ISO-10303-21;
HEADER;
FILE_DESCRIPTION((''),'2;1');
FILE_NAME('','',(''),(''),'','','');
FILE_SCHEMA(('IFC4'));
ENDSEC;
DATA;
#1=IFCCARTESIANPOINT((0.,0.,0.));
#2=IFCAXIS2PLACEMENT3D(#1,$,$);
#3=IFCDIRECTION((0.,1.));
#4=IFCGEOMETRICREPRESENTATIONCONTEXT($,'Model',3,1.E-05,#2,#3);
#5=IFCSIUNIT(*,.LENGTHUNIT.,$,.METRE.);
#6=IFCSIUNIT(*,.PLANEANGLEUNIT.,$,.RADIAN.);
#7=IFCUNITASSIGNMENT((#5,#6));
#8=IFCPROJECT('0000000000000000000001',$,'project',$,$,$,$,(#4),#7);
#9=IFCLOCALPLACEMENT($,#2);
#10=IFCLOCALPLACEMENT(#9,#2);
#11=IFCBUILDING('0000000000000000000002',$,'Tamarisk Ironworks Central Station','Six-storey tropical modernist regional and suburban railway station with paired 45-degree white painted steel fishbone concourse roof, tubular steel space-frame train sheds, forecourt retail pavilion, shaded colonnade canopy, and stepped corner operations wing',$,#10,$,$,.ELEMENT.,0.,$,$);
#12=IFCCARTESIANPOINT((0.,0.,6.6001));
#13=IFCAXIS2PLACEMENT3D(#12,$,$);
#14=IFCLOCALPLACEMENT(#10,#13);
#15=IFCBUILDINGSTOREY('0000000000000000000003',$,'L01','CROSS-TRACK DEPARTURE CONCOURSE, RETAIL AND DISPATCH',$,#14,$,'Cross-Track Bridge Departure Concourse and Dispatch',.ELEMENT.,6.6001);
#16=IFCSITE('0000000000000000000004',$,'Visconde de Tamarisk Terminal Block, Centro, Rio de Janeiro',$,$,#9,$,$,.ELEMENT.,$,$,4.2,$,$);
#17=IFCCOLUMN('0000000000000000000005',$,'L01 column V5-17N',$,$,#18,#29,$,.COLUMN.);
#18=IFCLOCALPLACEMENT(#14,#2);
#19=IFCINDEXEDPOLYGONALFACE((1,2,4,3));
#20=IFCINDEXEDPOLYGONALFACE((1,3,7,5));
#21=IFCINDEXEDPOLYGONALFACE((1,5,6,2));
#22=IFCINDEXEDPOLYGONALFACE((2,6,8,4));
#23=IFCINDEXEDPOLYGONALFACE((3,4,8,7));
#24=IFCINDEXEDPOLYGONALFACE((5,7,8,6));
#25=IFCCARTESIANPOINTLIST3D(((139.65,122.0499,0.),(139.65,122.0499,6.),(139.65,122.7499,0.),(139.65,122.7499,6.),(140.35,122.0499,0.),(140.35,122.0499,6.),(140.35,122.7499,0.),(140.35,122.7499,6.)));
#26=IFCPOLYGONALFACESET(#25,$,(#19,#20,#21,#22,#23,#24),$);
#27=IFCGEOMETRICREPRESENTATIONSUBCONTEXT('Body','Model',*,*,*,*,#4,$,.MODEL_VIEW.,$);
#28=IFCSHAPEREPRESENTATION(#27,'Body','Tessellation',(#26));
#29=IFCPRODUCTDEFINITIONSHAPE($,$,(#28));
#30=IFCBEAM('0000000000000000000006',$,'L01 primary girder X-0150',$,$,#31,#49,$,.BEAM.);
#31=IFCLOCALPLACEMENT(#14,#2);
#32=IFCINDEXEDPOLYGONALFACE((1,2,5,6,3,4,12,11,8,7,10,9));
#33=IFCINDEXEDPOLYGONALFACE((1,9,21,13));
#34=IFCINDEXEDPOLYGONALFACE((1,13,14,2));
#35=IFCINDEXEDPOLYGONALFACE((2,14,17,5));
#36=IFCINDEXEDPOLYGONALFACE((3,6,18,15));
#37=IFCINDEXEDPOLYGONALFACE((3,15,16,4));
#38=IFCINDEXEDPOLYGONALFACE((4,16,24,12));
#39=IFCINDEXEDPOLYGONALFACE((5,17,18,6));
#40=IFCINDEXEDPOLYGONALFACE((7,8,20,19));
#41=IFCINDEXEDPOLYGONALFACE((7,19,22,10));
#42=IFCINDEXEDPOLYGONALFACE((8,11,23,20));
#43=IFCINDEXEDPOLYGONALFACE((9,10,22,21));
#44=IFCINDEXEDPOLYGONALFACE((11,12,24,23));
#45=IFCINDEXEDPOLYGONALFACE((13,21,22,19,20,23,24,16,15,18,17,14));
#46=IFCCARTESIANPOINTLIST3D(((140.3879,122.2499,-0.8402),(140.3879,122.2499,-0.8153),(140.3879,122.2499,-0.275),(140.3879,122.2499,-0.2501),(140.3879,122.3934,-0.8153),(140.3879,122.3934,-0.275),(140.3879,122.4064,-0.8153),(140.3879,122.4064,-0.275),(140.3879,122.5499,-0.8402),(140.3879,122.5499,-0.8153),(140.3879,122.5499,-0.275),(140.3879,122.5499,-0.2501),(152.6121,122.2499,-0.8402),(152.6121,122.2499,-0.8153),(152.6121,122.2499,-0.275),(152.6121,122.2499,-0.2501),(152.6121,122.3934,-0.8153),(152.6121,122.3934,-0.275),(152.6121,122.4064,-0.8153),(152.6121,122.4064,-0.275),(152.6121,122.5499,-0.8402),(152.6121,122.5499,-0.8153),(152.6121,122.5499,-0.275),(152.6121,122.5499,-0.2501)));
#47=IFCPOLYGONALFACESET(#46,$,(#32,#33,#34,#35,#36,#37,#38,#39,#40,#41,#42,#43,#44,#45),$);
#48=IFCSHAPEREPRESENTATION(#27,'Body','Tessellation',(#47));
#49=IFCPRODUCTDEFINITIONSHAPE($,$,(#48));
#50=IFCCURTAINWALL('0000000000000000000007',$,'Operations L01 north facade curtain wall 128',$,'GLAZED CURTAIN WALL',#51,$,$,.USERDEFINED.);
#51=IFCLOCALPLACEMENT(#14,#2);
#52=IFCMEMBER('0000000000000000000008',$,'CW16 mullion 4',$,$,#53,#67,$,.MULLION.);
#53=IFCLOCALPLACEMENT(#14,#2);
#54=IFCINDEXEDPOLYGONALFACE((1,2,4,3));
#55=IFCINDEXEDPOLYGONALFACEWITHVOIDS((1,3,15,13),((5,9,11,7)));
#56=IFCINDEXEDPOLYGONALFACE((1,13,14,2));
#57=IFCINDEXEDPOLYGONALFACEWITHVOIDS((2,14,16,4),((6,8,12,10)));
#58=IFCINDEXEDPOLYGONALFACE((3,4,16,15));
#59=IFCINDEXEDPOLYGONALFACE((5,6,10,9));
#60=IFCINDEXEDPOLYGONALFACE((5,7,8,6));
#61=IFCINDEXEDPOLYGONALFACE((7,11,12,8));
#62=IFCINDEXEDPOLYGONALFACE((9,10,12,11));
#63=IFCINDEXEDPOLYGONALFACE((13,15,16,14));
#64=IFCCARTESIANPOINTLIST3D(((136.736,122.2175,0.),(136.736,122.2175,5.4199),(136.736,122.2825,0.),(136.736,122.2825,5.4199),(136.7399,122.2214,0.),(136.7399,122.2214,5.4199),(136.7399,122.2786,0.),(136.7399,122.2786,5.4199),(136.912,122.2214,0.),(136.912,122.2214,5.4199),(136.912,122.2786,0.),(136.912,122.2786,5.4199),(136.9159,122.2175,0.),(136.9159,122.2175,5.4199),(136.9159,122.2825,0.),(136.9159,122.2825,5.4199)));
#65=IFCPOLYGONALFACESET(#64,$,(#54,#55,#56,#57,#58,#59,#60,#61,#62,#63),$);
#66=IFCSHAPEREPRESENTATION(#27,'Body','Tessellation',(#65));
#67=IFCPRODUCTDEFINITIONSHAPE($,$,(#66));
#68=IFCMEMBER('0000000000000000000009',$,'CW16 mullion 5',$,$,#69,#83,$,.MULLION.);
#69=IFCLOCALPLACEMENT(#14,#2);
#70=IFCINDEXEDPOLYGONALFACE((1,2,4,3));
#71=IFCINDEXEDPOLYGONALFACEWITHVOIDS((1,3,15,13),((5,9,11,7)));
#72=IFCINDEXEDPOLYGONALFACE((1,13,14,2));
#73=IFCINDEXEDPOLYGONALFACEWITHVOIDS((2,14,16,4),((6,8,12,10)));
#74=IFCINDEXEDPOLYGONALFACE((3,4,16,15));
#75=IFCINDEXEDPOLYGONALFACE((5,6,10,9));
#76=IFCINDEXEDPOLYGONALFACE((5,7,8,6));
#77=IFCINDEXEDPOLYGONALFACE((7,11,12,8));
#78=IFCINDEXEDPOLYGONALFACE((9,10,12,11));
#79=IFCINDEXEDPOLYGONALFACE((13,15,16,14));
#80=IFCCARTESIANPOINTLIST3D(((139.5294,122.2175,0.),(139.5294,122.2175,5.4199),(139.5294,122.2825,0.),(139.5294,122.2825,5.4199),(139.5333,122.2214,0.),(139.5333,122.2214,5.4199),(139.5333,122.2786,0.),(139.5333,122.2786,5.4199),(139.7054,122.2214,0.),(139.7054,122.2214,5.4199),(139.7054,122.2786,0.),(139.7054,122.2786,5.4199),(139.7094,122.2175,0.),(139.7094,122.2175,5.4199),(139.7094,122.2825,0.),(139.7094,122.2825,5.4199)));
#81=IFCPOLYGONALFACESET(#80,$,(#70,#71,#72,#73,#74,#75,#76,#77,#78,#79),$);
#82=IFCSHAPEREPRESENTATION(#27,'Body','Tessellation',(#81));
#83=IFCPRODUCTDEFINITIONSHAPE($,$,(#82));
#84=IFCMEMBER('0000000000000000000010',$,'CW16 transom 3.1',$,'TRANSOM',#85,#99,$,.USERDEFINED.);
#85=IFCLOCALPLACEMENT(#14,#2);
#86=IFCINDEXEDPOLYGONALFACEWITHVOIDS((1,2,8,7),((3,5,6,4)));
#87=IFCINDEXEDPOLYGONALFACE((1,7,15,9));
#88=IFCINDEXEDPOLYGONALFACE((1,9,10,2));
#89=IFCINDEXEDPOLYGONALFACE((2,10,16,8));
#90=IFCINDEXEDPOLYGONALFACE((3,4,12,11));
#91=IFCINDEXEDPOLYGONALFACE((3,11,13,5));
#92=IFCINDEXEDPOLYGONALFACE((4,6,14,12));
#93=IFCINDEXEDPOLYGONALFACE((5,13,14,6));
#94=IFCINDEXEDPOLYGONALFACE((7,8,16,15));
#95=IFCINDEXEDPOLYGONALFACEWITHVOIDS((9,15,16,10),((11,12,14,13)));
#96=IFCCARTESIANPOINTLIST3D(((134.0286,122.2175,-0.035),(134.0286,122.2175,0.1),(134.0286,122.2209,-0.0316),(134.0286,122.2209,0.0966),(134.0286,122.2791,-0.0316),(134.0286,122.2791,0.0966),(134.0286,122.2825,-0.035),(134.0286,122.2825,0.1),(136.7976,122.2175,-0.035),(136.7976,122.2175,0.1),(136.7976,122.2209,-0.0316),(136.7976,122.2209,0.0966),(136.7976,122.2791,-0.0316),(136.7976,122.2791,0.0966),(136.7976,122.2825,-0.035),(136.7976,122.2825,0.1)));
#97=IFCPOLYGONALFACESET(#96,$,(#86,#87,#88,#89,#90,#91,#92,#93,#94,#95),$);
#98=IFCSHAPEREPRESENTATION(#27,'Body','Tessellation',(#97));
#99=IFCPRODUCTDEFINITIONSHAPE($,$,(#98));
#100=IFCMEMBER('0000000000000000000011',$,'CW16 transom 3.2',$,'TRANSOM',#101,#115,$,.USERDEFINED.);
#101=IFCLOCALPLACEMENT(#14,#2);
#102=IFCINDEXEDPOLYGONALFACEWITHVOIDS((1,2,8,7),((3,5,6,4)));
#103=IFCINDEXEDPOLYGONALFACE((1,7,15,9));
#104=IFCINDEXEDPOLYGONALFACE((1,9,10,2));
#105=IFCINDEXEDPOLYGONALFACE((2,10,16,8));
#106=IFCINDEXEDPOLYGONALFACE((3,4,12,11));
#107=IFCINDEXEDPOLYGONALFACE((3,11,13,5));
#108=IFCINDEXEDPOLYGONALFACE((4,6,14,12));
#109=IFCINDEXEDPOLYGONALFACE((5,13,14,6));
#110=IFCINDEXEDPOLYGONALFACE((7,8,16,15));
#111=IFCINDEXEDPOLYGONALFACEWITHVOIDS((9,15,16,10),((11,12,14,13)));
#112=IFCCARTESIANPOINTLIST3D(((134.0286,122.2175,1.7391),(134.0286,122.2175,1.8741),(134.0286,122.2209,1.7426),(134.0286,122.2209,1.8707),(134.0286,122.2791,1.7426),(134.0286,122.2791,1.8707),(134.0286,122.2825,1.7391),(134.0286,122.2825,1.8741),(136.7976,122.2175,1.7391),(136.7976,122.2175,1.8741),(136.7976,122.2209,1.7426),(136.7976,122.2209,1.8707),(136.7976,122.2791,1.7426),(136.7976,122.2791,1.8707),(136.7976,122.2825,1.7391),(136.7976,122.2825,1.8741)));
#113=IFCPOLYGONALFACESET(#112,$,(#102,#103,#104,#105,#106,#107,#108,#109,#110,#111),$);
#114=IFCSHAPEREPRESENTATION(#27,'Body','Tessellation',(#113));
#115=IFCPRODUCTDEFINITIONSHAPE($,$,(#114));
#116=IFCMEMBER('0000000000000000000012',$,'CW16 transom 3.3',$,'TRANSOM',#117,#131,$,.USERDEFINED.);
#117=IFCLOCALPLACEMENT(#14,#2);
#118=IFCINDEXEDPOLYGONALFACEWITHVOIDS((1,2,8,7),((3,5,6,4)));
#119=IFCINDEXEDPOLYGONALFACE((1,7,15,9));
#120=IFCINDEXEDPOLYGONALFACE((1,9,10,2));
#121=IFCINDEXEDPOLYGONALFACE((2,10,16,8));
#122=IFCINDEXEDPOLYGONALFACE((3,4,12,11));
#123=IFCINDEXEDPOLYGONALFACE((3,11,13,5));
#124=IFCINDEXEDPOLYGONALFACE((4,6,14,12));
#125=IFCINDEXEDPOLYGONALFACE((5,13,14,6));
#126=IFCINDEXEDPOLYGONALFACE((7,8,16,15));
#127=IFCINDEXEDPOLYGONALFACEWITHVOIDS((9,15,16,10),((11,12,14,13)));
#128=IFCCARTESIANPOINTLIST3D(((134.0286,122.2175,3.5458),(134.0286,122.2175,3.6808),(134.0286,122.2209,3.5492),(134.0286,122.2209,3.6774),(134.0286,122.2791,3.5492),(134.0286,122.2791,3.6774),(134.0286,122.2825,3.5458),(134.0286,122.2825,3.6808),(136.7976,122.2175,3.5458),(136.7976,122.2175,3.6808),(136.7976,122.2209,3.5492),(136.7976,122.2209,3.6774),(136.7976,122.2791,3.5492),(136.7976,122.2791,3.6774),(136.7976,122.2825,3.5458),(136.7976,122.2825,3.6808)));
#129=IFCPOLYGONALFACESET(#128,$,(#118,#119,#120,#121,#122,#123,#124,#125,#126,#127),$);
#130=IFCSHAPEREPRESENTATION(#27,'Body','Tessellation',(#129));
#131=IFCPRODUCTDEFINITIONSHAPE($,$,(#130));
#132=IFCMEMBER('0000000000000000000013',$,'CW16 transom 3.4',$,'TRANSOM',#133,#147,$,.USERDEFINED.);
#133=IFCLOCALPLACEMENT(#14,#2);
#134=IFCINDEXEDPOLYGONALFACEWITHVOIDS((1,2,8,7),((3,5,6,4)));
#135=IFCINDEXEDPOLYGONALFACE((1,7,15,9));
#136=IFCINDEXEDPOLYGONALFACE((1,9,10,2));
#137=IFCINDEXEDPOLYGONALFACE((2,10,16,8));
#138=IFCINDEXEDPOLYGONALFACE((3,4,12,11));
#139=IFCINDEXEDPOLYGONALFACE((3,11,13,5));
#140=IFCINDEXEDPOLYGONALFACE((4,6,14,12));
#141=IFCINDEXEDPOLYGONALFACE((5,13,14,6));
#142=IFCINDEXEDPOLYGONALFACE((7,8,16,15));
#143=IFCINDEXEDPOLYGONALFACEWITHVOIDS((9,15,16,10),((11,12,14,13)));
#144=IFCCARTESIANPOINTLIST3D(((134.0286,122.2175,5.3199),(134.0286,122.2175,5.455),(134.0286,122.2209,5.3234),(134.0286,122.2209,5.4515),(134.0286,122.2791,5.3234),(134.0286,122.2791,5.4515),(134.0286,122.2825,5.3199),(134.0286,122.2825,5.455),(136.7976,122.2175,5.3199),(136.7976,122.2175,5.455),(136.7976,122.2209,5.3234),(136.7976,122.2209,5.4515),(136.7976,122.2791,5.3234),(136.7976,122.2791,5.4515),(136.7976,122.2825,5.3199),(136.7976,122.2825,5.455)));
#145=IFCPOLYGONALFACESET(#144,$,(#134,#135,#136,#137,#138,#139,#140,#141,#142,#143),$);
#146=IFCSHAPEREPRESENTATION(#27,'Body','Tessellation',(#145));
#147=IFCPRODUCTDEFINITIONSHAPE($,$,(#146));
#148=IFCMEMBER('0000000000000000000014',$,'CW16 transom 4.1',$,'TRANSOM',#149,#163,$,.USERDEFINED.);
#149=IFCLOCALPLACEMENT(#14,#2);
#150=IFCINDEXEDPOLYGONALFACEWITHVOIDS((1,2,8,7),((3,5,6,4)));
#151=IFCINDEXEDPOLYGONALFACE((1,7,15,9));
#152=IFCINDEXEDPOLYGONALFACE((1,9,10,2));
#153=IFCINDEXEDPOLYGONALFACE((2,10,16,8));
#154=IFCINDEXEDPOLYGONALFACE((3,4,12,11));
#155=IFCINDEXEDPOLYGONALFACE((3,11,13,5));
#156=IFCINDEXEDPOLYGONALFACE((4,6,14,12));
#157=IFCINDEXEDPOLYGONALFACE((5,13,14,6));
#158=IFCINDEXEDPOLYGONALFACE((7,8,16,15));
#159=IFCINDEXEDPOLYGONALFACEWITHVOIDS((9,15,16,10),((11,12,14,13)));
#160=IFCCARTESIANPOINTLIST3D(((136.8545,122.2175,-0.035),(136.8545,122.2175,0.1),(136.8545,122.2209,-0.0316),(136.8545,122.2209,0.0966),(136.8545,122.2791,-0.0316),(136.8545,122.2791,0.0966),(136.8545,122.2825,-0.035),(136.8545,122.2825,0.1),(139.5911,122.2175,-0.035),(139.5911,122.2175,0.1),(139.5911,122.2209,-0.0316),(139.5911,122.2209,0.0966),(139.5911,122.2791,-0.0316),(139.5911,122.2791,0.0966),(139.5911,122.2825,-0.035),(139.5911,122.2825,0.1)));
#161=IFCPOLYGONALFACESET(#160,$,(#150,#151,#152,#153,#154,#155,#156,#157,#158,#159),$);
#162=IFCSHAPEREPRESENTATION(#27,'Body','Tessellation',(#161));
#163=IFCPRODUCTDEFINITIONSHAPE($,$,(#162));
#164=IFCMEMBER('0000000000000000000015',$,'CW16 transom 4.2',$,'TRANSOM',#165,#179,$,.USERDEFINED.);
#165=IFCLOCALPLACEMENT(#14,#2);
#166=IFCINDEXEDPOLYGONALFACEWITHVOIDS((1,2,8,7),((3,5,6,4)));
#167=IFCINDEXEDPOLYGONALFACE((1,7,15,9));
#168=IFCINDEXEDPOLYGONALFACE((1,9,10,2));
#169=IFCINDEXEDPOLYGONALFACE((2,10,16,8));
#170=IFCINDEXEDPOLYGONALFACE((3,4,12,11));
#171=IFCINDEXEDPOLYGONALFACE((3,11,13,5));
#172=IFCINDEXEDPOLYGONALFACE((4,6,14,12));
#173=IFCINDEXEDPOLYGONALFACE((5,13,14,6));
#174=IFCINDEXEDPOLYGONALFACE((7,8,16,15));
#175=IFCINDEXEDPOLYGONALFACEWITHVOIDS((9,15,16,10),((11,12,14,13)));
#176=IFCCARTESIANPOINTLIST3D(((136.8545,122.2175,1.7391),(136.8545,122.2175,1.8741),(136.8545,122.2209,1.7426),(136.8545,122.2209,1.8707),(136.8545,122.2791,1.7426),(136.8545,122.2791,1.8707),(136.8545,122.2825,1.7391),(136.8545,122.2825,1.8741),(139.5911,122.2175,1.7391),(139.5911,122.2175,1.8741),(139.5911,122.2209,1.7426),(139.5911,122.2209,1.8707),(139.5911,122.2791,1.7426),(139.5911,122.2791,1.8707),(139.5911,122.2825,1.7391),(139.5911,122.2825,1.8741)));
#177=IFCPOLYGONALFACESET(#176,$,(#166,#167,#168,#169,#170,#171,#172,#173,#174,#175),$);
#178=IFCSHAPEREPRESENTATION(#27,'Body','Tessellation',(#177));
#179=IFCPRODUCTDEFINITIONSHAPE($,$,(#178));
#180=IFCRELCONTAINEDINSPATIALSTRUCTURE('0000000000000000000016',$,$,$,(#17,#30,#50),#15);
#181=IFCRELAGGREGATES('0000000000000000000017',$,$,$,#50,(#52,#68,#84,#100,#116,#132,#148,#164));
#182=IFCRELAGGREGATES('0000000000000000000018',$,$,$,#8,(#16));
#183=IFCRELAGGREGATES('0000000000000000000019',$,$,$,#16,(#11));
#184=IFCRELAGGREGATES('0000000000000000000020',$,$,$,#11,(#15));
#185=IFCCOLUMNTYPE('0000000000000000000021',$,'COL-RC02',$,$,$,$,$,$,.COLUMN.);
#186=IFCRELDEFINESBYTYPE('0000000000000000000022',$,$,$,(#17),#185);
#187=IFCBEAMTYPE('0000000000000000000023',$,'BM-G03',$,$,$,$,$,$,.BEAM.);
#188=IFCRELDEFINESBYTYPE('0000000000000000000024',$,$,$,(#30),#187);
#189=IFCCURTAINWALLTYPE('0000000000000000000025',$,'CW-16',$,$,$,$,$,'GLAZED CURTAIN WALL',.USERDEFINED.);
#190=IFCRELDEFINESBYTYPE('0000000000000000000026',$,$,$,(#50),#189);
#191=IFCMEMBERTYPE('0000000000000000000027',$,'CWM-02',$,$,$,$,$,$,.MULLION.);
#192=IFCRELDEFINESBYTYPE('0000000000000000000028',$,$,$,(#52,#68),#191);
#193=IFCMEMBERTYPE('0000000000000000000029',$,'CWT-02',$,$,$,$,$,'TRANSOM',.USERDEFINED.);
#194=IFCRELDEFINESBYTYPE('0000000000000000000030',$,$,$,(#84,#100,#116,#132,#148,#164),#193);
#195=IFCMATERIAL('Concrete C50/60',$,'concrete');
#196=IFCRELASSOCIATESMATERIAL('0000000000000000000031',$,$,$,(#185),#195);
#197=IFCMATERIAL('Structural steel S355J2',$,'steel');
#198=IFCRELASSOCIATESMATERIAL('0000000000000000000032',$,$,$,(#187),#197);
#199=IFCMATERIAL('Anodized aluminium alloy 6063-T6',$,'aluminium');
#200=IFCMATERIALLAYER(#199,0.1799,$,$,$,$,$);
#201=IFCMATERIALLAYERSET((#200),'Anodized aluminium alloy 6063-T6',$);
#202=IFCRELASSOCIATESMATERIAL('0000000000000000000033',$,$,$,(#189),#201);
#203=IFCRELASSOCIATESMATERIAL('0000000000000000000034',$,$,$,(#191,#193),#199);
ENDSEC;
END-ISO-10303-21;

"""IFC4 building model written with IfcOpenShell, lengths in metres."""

from ifc_helpers import new_model, si_unit, direction, frame, origin, origin_2d, place, context, subcontext, project, spatial, rectangle, hollow_rectangle, i_section, extrude, material, layer, layer_set, material_profile, profile_set, type_object, element, aggregate, save


model = new_model("IFC4")

# Units and contexts
model_context = context("Model", 3, precision=1e-05, world=origin(), true_north=direction((0.0, 1.0)))
body_context = subcontext(model_context, "Body", "Model", "MODEL_VIEW")
ifc_project = project(units=[si_unit("LENGTHUNIT", "METRE"), si_unit("PLANEANGLEUNIT", "RADIAN")], contexts=[model_context])

# Site, building, storey
site_placement = place(None, origin())
site = spatial("IfcSite", under=ifc_project, at=site_placement, Name="Visconde de Tamarisk Terminal Block, Centro, Rio de Janeiro", CompositionType="ELEMENT", RefElevation=4.2)
building_placement = place(site_placement, origin())
building = spatial("IfcBuilding", under=site, at=building_placement, Name="Tamarisk Ironworks Central Station", Description="Six-storey tropical modernist regional and suburban railway station with paired 45-degree white painted steel fishbone concourse roof, tubular steel space-frame train sheds, forecourt retail pavilion, shaded colonnade canopy, and stepped corner operations wing", CompositionType="ELEMENT", ElevationOfRefHeight=0.0)
storey_placement = place(building_placement, frame((0.0, 0.0, 6.6001)))
storey = spatial("IfcBuildingStorey", under=building, at=storey_placement, Name="L01", Description="CROSS-TRACK DEPARTURE CONCOURSE, RETAIL AND DISPATCH", LongName="Cross-Track Bridge Departure Concourse and Dispatch", CompositionType="ELEMENT", Elevation=6.6001)

# Column
ifc_material_1 = material(Name="Concrete C50/60", Category="concrete")
ifc_material_profile_1 = material_profile(ifc_material_1, rectangle(XDim=0.7, YDim=0.7, at=origin_2d()), Name="RC 700x700")
ifc_profile_set_1 = profile_set([ifc_material_profile_1], Name="Concrete C50/60")
column_type = type_object("IfcColumnType", Name="COL-RC02", PredefinedType="COLUMN", material=ifc_profile_set_1)
column_placement = place(storey_placement, frame((140.0, 122.3999, 0.0), z_axis=(0.0, 0.0, 1.0), x_axis=(1.0, 0.0, 0.0)))
element("IfcColumn", 1, at=column_placement, inside=storey, type_object=column_type, Name="L01 column V5-17N", PredefinedType="COLUMN", context=body_context, shape_type="SweptSolid", body=[
    extrude(rectangle(XDim=0.7, YDim=0.7, at=origin_2d()), origin(), (0.0, 0.0, 1.0), 6.0),
])

# Beam
ifc_material_2 = material(Name="Structural steel S355J2", Category="steel")
ifc_material_profile_2 = material_profile(ifc_material_2, i_section(OverallWidth=0.3, OverallDepth=0.5901, WebThickness=0.0129, FlangeThickness=0.0249, at=origin_2d()), Name="HEA 600")
ifc_profile_set_2 = profile_set([ifc_material_profile_2], Name="Structural steel S355J2")
beam_type = type_object("IfcBeamType", Name="BM-G03", PredefinedType="BEAM", material=ifc_profile_set_2)
beam_placement = place(storey_placement, frame((140.3879, 122.3999, -0.5452), z_axis=(1.0, 0.0, 0.0), x_axis=(0.0, 1.0, 0.0)))
element("IfcBeam", 2, at=beam_placement, inside=storey, type_object=beam_type, Name="L01 primary girder X-0150", PredefinedType="BEAM", context=body_context, shape_type="SweptSolid", body=[
    extrude(i_section(OverallWidth=0.3, OverallDepth=0.5901, WebThickness=0.0129, FlangeThickness=0.0249, at=origin_2d()), origin(), (0.0, 0.0, 1.0), 12.2241),
])

# Curtain wall, members
ifc_material_3 = material(Name="Anodized aluminium alloy 6063-T6", Category="aluminium")
ifc_layer_1 = layer(ifc_material_3, 0.1799)
ifc_layer_set_1 = layer_set([ifc_layer_1], Name="Anodized aluminium alloy 6063-T6")
curtain_wall_type = type_object("IfcCurtainWallType", Name="CW-16", ElementType="GLAZED CURTAIN WALL", PredefinedType="USERDEFINED", material=ifc_layer_set_1)
curtain_wall_placement = place(storey_placement, origin())
curtain_wall = element("IfcCurtainWall", 3, at=curtain_wall_placement, inside=storey, type_object=curtain_wall_type, Name="Operations L01 north facade curtain wall 128", ObjectType="GLAZED CURTAIN WALL", PredefinedType="USERDEFINED")
ifc_material_profile_3 = material_profile(ifc_material_3, hollow_rectangle(XDim=0.0649, YDim=0.1799, WallThickness=0.0039, at=origin_2d()), Name="ALUM 180x65")
ifc_profile_set_3 = profile_set([ifc_material_profile_3], Name="Anodized aluminium alloy 6063-T6")
member_type_1 = type_object("IfcMemberType", Name="CWM-02", PredefinedType="MULLION", material=ifc_profile_set_3)
member_1_placement = place(storey_placement, frame((136.8259, 122.25, 0.0), z_axis=(0.0, 0.0, 1.0), x_axis=(0.0, 1.0, 0.0)))
member_1 = element("IfcMember", 4, at=member_1_placement, type_object=member_type_1, Name="CW16 mullion 4", PredefinedType="MULLION", context=body_context, shape_type="SweptSolid", body=[
    extrude(hollow_rectangle(XDim=0.0649, YDim=0.1799, WallThickness=0.0039, at=origin_2d()), origin(), (0.0, 0.0, 1.0), 5.4199),
])
member_2_placement = place(storey_placement, frame((139.6194, 122.25, 0.0), z_axis=(0.0, 0.0, 1.0), x_axis=(0.0, 1.0, 0.0)))
member_2 = element("IfcMember", 5, at=member_2_placement, type_object=member_type_1, Name="CW16 mullion 5", PredefinedType="MULLION", context=body_context, shape_type="SweptSolid", body=[
    extrude(hollow_rectangle(XDim=0.0649, YDim=0.1799, WallThickness=0.0039, at=origin_2d()), origin(), (0.0, 0.0, 1.0), 5.4199),
])
ifc_material_profile_4 = material_profile(ifc_material_3, hollow_rectangle(XDim=0.0649, YDim=0.135, WallThickness=0.0034, at=origin_2d()), Name="ALUM 135x65")
ifc_profile_set_4 = profile_set([ifc_material_profile_4], Name="Anodized aluminium alloy 6063-T6")
member_type_2 = type_object("IfcMemberType", Name="CWT-02", ElementType="TRANSOM", PredefinedType="USERDEFINED", material=ifc_profile_set_4)
member_3_placement = place(storey_placement, frame((134.0286, 122.25, 0.0325), z_axis=(1.0, 0.0, 0.0), x_axis=(0.0, 1.0, 0.0)))
member_3 = element("IfcMember", 6, at=member_3_placement, type_object=member_type_2, Name="CW16 transom 3.1", ObjectType="TRANSOM", PredefinedType="USERDEFINED", context=body_context, shape_type="SweptSolid", body=[
    extrude(hollow_rectangle(XDim=0.0649, YDim=0.135, WallThickness=0.0034, at=origin_2d()), origin(), (0.0, 0.0, 1.0), 2.769),
])
member_4_placement = place(storey_placement, frame((134.0286, 122.25, 1.8066), z_axis=(1.0, 0.0, 0.0), x_axis=(0.0, 1.0, 0.0)))
member_4 = element("IfcMember", 7, at=member_4_placement, type_object=member_type_2, Name="CW16 transom 3.2", ObjectType="TRANSOM", PredefinedType="USERDEFINED", context=body_context, shape_type="SweptSolid", body=[
    extrude(hollow_rectangle(XDim=0.0649, YDim=0.135, WallThickness=0.0034, at=origin_2d()), origin(), (0.0, 0.0, 1.0), 2.769),
])
member_5_placement = place(storey_placement, frame((134.0286, 122.25, 3.6133), z_axis=(1.0, 0.0, 0.0), x_axis=(0.0, 1.0, 0.0)))
member_5 = element("IfcMember", 8, at=member_5_placement, type_object=member_type_2, Name="CW16 transom 3.3", ObjectType="TRANSOM", PredefinedType="USERDEFINED", context=body_context, shape_type="SweptSolid", body=[
    extrude(hollow_rectangle(XDim=0.0649, YDim=0.135, WallThickness=0.0034, at=origin_2d()), origin(), (0.0, 0.0, 1.0), 2.769),
])
member_6_placement = place(storey_placement, frame((134.0286, 122.25, 5.3875), z_axis=(1.0, 0.0, 0.0), x_axis=(0.0, 1.0, 0.0)))
member_6 = element("IfcMember", 9, at=member_6_placement, type_object=member_type_2, Name="CW16 transom 3.4", ObjectType="TRANSOM", PredefinedType="USERDEFINED", context=body_context, shape_type="SweptSolid", body=[
    extrude(hollow_rectangle(XDim=0.0649, YDim=0.135, WallThickness=0.0034, at=origin_2d()), origin(), (0.0, 0.0, 1.0), 2.769),
])
member_7_placement = place(storey_placement, frame((136.8545, 122.25, 0.0325), z_axis=(1.0, 0.0, 0.0), x_axis=(0.0, 1.0, 0.0)))
member_7 = element("IfcMember", 10, at=member_7_placement, type_object=member_type_2, Name="CW16 transom 4.1", ObjectType="TRANSOM", PredefinedType="USERDEFINED", context=body_context, shape_type="SweptSolid", body=[
    extrude(hollow_rectangle(XDim=0.0649, YDim=0.135, WallThickness=0.0034, at=origin_2d()), origin(), (0.0, 0.0, 1.0), 2.7366),
])
member_8_placement = place(storey_placement, frame((136.8545, 122.25, 1.8066), z_axis=(1.0, 0.0, 0.0), x_axis=(0.0, 1.0, 0.0)))
member_8 = element("IfcMember", 11, at=member_8_placement, type_object=member_type_2, Name="CW16 transom 4.2", ObjectType="TRANSOM", PredefinedType="USERDEFINED", context=body_context, shape_type="SweptSolid", body=[
    extrude(hollow_rectangle(XDim=0.0649, YDim=0.135, WallThickness=0.0034, at=origin_2d()), origin(), (0.0, 0.0, 1.0), 2.7366),
])
aggregate(curtain_wall, [member_1, member_2, member_3, member_4, member_5, member_6, member_7, member_8])

save(model, "model.ifc")
